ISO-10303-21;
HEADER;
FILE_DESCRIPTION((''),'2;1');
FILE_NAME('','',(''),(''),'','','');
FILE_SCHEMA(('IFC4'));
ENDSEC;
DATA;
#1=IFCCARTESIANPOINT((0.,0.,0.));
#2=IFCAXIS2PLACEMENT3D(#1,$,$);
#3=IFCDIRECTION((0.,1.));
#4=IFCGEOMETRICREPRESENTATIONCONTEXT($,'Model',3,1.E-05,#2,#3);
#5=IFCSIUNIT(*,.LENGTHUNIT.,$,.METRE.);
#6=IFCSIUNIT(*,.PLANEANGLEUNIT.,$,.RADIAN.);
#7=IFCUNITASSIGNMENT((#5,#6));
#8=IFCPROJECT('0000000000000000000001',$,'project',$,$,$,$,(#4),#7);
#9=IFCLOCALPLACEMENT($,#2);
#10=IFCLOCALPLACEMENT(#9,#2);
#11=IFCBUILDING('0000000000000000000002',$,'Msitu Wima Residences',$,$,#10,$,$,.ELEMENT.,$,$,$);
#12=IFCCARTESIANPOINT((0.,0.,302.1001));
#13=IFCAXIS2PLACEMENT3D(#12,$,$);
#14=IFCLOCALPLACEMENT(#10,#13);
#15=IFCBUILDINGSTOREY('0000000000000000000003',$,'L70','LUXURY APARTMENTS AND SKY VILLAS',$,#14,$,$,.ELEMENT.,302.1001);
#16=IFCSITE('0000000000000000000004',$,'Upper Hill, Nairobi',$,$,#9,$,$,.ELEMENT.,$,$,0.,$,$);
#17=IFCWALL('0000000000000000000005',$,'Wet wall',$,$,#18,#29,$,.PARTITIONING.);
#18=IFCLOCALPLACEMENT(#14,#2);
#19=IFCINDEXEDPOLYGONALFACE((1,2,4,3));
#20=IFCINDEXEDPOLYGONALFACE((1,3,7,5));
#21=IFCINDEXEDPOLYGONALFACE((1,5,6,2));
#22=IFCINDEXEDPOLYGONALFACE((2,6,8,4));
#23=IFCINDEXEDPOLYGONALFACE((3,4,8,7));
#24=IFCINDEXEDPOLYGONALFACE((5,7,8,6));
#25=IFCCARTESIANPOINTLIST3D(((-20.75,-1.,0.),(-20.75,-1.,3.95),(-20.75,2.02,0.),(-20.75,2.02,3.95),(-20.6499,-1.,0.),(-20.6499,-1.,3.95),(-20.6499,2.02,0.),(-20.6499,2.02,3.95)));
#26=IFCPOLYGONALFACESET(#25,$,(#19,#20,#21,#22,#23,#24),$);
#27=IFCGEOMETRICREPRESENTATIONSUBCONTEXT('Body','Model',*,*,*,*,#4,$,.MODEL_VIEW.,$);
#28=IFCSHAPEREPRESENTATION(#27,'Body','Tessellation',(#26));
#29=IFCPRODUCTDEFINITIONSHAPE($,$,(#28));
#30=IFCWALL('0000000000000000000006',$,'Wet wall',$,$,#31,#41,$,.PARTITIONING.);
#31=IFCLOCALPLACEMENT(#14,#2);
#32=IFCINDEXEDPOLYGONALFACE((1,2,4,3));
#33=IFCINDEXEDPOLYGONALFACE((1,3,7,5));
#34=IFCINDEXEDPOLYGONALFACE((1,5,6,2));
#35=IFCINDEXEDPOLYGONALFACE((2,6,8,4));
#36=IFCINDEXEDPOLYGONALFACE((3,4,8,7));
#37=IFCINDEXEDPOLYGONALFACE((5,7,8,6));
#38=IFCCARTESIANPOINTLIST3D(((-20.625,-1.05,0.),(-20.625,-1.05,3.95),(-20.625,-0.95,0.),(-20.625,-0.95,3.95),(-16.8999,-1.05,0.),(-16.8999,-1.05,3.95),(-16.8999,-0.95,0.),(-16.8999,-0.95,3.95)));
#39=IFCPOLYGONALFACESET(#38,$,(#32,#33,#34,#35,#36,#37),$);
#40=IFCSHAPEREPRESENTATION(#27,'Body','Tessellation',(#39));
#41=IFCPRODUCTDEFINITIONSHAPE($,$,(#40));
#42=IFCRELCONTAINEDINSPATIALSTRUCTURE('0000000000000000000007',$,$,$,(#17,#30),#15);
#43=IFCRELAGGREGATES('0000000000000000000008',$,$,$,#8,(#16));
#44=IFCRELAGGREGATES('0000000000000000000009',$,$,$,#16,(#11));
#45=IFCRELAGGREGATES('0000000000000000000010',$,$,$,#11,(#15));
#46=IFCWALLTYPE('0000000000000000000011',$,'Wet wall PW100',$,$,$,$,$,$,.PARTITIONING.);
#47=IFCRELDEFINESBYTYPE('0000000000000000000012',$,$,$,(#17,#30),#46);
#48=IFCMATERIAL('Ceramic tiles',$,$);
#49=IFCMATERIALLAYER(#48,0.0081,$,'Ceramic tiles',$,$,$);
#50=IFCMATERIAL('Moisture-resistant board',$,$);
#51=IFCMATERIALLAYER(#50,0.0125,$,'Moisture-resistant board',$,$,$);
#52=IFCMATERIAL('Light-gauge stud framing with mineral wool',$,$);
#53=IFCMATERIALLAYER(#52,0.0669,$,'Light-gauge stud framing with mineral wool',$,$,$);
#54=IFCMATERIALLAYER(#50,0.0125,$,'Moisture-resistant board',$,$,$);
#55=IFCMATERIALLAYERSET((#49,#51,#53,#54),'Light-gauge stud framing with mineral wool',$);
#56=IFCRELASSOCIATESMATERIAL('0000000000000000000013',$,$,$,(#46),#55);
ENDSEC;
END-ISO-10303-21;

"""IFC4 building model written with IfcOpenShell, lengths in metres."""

from ifc_helpers import new_model, si_unit, direction, frame, frame_2d, origin, place, context, subcontext, project, spatial, rectangle, extrude, material, layer, layer_set, type_object, element, save


model = new_model("IFC4")

# Units and contexts
model_context = context("Model", 3, precision=1e-05, world=origin(), true_north=direction((0.0, 1.0)))
body_context = subcontext(model_context, "Body", "Model", "MODEL_VIEW")
ifc_project = project(units=[si_unit("LENGTHUNIT", "METRE"), si_unit("PLANEANGLEUNIT", "RADIAN")], contexts=[model_context])

# Site, building, storey
site_placement = place(None, origin())
site = spatial("IfcSite", under=ifc_project, at=site_placement, Name="Upper Hill, Nairobi", CompositionType="ELEMENT", RefElevation=0.0)
building_placement = place(site_placement, origin())
building = spatial("IfcBuilding", under=site, at=building_placement, Name="Msitu Wima Residences", CompositionType="ELEMENT")
storey_placement = place(building_placement, frame((0.0, 0.0, 302.1001)))
storey = spatial("IfcBuildingStorey", under=building, at=storey_placement, Name="L70", Description="LUXURY APARTMENTS AND SKY VILLAS", CompositionType="ELEMENT", Elevation=302.1001)

# Walls
ifc_material_1 = material(Name="Ceramic tiles")
ifc_layer_1 = layer(ifc_material_1, 0.0081, Name="Ceramic tiles")
ifc_material_2 = material(Name="Moisture-resistant board")
ifc_layer_2 = layer(ifc_material_2, 0.0125, Name="Moisture-resistant board")
ifc_material_3 = material(Name="Light-gauge stud framing with mineral wool")
ifc_layer_3 = layer(ifc_material_3, 0.0669, Name="Light-gauge stud framing with mineral wool")
ifc_layer_4 = layer(ifc_material_2, 0.0125, Name="Moisture-resistant board")
ifc_layer_set_1 = layer_set([ifc_layer_1, ifc_layer_2, ifc_layer_3, ifc_layer_4], Name="Light-gauge stud framing with mineral wool")
wall_type_1 = type_object("IfcWallType", Name="Wet wall PW100", PredefinedType="PARTITIONING", material=ifc_layer_set_1)
wall_1_placement = place(storey_placement, frame((-20.7, -1.0, 0.0), z_axis=(0.0, 0.0, 1.0), x_axis=(0.0, 1.0, 0.0)))
element("IfcWall", 1, at=wall_1_placement, inside=storey, type_object=wall_type_1, Name="Wet wall", PredefinedType="PARTITIONING", context=body_context, shape_type="SweptSolid", body=[
    extrude(rectangle(XDim=3.02, YDim=0.1001, at=frame_2d((1.51, 0.0))), origin(), (0.0, 0.0, 1.0), 3.95),
])
wall_2_placement = place(storey_placement, frame((-20.625, -1.0, 0.0), z_axis=(0.0, 0.0, 1.0), x_axis=(1.0, 0.0, 0.0)))
element("IfcWall", 2, at=wall_2_placement, inside=storey, type_object=wall_type_1, Name="Wet wall", PredefinedType="PARTITIONING", context=body_context, shape_type="SweptSolid", body=[
    extrude(rectangle(XDim=3.7251, YDim=0.1001, at=frame_2d((1.8625, 0.0))), origin(), (0.0, 0.0, 1.0), 3.95),
])

save(model, "model.ifc")
